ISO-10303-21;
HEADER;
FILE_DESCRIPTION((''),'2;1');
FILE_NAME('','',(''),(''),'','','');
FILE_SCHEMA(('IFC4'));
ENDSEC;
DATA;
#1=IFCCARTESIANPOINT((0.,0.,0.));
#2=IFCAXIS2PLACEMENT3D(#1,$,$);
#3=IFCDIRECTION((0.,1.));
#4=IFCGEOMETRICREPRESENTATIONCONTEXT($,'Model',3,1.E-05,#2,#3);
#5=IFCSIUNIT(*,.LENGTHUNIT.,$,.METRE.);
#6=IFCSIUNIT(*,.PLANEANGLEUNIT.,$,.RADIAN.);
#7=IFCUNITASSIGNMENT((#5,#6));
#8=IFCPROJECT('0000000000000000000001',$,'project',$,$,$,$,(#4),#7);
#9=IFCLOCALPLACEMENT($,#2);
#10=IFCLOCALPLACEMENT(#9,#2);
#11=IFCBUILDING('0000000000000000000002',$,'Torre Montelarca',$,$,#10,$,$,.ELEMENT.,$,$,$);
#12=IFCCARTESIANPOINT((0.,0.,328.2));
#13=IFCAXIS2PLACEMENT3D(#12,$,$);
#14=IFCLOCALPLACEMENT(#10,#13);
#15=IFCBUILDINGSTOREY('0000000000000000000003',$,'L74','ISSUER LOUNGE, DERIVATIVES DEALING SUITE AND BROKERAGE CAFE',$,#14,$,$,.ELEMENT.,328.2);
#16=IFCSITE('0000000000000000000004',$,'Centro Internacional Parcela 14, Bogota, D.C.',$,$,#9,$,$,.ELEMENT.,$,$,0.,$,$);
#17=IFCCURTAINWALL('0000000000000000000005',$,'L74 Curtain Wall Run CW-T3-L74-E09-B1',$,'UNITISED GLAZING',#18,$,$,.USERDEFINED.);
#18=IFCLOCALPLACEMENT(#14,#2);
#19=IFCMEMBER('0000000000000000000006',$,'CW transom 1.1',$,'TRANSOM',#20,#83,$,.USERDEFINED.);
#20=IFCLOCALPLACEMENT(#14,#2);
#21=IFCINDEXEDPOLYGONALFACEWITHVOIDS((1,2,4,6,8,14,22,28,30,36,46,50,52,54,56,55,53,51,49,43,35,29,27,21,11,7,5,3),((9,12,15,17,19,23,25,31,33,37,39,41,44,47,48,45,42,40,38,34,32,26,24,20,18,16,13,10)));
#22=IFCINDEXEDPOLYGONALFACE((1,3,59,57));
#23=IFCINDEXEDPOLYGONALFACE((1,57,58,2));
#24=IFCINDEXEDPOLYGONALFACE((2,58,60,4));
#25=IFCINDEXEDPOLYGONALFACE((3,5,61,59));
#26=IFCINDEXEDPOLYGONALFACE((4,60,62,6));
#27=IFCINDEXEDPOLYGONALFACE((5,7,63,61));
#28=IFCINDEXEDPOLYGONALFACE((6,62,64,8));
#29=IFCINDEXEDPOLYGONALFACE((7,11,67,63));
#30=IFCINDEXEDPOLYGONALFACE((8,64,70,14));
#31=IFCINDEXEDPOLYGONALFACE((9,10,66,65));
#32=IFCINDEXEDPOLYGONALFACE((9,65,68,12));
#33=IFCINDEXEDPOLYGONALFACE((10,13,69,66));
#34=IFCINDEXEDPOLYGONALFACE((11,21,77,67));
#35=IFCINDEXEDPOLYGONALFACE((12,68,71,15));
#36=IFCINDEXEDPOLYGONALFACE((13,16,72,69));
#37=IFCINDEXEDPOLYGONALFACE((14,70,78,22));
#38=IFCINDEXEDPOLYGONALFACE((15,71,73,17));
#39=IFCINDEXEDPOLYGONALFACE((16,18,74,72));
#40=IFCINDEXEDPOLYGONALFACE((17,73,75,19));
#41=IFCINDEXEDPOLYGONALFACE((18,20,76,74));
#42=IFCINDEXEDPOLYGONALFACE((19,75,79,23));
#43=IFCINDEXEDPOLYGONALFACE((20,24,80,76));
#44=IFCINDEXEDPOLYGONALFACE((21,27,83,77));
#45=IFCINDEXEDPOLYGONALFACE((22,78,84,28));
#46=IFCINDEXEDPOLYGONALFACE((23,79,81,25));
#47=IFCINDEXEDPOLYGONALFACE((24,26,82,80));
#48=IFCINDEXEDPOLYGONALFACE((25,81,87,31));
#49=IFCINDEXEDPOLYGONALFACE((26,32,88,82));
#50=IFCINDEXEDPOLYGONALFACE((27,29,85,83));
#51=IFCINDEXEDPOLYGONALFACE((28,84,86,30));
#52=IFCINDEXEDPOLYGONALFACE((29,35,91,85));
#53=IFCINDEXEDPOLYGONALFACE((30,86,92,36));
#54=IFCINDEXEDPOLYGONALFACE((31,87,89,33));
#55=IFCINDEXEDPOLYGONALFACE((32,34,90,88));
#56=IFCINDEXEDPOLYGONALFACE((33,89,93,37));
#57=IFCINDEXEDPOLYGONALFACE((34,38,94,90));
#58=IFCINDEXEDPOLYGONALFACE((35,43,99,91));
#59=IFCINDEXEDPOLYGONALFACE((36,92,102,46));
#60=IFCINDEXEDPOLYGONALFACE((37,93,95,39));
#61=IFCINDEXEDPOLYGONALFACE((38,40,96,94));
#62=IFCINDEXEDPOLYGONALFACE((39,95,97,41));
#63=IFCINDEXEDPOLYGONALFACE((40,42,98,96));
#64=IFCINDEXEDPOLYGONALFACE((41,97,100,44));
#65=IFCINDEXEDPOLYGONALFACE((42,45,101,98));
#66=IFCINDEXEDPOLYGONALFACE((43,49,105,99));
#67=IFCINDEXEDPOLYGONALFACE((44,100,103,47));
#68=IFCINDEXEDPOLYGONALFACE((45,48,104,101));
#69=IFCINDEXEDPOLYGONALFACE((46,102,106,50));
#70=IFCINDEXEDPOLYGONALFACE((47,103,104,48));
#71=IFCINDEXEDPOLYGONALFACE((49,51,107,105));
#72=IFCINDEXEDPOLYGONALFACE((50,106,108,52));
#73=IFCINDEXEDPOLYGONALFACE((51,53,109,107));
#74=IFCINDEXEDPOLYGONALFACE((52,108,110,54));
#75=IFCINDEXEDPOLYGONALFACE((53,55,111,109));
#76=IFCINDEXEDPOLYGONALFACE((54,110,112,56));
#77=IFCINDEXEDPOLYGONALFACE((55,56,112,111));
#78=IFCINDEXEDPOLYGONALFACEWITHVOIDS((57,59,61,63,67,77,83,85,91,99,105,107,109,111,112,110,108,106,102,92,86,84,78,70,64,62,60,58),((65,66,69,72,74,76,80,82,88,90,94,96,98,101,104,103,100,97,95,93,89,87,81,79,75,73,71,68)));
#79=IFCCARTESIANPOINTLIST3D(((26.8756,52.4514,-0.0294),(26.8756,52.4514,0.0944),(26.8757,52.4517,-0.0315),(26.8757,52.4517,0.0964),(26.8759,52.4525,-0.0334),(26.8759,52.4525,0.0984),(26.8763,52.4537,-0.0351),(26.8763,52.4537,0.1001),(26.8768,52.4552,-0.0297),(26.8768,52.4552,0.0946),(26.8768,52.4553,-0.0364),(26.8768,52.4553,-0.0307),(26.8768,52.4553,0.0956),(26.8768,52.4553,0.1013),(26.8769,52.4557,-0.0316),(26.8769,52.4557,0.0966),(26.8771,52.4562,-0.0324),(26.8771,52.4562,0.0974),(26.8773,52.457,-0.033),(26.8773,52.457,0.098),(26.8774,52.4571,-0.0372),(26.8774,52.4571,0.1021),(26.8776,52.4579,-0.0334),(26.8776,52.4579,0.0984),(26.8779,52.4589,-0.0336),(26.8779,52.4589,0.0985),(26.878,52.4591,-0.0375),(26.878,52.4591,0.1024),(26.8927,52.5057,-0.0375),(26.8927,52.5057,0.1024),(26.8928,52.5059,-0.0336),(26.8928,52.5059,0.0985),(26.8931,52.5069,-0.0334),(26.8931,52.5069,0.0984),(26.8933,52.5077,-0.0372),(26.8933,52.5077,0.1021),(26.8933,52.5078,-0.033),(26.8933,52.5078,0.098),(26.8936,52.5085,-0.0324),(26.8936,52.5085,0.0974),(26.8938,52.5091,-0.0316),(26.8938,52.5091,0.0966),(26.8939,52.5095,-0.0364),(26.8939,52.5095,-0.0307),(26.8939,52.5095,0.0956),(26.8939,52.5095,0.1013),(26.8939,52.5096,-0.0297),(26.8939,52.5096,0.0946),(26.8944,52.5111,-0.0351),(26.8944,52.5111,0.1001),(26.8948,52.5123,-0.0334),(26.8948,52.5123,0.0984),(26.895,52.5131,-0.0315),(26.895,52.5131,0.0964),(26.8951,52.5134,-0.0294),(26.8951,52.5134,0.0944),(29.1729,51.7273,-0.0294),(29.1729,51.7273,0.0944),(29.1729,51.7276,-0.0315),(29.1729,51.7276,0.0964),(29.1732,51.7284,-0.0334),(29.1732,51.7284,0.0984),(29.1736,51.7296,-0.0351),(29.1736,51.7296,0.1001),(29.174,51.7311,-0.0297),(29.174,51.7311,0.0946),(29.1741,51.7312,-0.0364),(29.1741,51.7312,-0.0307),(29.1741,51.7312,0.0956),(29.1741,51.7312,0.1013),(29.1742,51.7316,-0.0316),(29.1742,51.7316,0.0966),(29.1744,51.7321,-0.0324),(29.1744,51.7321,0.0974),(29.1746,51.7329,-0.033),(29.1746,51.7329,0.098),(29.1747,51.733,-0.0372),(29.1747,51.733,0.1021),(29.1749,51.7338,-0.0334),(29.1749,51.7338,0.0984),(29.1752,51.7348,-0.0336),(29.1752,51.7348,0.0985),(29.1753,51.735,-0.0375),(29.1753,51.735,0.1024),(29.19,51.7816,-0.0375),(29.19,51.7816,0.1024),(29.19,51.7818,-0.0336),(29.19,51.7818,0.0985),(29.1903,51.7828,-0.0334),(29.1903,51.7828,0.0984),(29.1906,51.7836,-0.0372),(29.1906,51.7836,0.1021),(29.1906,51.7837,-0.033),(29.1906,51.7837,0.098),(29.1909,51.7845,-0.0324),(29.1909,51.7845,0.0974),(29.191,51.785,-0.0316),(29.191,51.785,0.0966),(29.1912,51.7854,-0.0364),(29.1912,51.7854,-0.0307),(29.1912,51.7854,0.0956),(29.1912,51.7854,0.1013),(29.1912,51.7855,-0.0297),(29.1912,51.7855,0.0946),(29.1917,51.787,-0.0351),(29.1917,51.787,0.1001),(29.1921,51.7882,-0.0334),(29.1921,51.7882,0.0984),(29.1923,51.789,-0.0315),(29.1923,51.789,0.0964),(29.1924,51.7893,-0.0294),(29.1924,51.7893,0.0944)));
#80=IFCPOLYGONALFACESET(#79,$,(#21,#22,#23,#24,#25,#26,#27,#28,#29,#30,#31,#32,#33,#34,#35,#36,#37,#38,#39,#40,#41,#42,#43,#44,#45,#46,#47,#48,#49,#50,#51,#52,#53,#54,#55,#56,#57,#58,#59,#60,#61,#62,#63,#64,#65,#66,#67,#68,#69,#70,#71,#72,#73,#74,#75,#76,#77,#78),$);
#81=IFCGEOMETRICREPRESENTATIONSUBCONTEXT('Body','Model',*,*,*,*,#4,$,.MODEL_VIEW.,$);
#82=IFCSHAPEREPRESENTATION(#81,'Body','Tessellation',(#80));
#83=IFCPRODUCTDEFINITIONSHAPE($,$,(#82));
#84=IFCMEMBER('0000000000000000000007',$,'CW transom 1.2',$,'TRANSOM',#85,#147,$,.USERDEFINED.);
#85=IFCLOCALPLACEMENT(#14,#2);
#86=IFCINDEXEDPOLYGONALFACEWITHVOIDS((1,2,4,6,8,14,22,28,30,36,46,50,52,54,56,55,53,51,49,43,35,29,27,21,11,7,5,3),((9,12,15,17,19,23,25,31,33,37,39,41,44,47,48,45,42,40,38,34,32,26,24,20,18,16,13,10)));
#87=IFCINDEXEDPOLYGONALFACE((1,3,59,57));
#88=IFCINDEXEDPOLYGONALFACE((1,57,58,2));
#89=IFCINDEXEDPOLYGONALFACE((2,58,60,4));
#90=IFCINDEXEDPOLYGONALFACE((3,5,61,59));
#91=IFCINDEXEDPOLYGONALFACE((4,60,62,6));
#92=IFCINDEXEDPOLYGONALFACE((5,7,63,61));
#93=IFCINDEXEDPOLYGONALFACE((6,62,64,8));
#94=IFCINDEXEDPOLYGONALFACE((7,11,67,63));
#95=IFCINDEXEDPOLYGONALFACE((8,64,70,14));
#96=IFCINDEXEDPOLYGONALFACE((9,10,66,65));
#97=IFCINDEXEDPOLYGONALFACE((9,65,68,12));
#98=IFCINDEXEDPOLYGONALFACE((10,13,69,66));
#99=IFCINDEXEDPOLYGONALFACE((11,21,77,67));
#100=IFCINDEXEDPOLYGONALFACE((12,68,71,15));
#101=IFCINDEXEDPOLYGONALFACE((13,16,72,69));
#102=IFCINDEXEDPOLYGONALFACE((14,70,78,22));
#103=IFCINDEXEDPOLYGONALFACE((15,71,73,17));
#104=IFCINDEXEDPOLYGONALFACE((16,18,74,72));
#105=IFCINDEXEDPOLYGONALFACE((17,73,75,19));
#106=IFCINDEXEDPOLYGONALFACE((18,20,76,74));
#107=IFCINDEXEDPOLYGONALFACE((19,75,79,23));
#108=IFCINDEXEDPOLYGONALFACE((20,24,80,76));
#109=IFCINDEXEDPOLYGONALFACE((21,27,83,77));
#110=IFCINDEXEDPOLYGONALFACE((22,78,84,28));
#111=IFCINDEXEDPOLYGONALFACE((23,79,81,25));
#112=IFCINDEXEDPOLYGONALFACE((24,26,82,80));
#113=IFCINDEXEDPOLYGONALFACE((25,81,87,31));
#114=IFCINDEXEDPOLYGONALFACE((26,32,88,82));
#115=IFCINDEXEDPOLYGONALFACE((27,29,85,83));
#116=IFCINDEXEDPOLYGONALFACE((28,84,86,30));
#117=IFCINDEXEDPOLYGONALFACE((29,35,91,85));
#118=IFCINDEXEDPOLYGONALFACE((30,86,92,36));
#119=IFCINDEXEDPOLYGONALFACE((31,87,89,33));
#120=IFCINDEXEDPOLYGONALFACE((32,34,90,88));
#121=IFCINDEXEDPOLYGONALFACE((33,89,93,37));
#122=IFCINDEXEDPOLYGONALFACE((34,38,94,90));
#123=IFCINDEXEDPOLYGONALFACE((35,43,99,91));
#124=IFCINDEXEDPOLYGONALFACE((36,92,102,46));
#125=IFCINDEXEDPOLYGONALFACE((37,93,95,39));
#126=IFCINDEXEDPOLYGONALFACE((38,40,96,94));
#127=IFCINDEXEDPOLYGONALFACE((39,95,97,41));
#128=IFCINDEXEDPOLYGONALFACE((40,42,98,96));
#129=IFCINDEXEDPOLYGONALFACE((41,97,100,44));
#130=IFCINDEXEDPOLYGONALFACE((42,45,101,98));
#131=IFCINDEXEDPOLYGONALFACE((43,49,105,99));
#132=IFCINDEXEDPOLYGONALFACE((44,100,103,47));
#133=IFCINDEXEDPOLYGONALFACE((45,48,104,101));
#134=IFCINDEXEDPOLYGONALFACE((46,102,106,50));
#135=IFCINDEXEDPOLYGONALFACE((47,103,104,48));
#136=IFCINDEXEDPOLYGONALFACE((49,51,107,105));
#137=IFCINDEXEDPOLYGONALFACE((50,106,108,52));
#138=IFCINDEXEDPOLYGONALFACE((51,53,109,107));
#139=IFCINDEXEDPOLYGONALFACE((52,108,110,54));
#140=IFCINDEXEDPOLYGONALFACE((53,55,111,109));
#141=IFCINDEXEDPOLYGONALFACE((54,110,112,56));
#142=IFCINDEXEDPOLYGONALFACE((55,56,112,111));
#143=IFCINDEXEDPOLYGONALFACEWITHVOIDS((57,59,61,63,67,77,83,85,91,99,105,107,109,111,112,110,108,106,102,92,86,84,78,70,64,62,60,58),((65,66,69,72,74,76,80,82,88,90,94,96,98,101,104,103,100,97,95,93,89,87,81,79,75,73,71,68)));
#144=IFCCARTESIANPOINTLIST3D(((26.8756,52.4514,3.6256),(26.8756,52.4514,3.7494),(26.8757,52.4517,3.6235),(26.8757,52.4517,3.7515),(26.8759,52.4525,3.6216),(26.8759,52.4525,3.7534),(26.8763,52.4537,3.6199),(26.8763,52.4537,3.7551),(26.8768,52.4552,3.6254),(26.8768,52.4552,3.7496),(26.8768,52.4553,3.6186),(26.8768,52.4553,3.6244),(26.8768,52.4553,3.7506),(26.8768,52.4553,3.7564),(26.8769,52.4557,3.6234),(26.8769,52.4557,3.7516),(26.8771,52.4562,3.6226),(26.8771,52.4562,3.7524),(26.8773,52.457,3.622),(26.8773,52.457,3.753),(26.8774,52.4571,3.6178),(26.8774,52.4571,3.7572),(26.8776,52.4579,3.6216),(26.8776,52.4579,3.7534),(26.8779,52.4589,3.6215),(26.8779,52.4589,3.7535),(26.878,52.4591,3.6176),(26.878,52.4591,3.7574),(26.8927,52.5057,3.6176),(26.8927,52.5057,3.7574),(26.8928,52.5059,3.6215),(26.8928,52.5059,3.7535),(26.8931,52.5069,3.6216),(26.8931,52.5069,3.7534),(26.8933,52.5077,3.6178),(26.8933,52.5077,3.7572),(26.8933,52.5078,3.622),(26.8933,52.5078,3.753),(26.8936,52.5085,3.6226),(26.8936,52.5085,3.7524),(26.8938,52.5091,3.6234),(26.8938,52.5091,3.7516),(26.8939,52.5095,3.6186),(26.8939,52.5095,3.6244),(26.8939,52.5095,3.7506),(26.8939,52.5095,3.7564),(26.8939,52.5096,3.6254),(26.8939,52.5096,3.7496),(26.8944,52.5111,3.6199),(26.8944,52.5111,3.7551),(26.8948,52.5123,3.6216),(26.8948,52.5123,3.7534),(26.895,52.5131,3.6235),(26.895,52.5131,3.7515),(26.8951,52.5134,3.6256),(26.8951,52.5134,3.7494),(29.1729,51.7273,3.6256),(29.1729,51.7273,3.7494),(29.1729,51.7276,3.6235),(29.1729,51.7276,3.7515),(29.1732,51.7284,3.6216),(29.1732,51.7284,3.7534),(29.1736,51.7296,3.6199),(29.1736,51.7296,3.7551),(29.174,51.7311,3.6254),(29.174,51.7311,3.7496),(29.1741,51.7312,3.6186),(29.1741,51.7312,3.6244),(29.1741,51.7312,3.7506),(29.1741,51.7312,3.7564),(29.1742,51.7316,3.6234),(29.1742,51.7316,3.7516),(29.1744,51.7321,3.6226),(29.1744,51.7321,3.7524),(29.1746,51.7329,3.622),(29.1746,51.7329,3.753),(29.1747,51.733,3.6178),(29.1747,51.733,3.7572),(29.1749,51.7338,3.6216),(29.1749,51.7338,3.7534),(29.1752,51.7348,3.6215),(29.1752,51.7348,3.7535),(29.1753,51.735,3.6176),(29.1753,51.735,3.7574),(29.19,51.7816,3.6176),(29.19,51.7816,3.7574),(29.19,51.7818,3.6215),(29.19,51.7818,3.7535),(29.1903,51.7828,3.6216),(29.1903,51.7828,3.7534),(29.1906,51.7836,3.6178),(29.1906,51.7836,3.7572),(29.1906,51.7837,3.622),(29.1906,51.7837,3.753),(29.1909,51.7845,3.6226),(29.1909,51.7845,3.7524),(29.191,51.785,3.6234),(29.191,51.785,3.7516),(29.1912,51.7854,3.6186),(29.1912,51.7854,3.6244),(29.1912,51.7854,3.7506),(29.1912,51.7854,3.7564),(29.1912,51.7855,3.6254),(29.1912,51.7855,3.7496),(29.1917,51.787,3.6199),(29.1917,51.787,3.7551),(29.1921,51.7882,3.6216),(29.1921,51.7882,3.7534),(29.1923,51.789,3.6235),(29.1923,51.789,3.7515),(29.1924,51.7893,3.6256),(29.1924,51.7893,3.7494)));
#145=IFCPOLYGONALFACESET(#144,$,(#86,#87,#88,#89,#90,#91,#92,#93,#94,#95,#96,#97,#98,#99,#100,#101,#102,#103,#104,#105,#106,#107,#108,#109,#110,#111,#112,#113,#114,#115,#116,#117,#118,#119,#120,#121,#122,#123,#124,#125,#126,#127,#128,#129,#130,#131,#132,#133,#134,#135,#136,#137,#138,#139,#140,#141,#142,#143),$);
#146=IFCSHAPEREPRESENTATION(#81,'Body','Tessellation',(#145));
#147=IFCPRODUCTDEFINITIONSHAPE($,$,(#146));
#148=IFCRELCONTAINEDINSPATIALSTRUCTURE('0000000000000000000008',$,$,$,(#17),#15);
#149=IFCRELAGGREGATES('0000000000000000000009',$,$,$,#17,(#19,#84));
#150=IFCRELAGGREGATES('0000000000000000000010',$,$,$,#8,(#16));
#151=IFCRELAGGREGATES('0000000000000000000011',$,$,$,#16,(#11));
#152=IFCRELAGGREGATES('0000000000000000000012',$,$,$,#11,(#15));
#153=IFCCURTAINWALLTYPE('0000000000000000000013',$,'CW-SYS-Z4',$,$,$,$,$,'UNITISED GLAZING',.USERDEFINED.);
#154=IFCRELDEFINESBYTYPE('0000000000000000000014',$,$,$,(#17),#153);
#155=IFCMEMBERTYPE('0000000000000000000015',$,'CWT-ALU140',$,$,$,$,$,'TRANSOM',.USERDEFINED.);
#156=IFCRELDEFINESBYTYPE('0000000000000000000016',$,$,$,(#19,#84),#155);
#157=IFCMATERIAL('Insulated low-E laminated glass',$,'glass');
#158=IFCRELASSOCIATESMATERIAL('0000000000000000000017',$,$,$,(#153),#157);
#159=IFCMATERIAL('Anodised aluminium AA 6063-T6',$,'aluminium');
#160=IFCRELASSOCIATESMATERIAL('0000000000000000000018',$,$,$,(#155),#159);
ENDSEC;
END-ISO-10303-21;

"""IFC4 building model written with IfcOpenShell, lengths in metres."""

from ifc_helpers import new_model, si_unit, direction, frame, origin, origin_2d, place, context, subcontext, project, spatial, hollow_rectangle, extrude, source, transform, mapped, material, material_profile, profile_set, type_object, element, aggregate, save


model = new_model("IFC4")

# Units and contexts
model_context = context("Model", 3, precision=1e-05, world=origin(), true_north=direction((0.0, 1.0)))
body_context = subcontext(model_context, "Body", "Model", "MODEL_VIEW")
ifc_project = project(units=[si_unit("LENGTHUNIT", "METRE"), si_unit("PLANEANGLEUNIT", "RADIAN")], contexts=[model_context])

# Site, building, storey
site_placement = place(None, origin())
site = spatial("IfcSite", under=ifc_project, at=site_placement, Name="Centro Internacional Parcela 14, Bogota, D.C.", CompositionType="ELEMENT", RefElevation=0.0)
building_placement = place(site_placement, origin())
building = spatial("IfcBuilding", under=site, at=building_placement, Name="Torre Montelarca", CompositionType="ELEMENT")
storey_placement = place(building_placement, frame((0.0, 0.0, 328.2)))
storey = spatial("IfcBuildingStorey", under=building, at=storey_placement, Name="L74", Description="ISSUER LOUNGE, DERIVATIVES DEALING SUITE AND BROKERAGE CAFE", CompositionType="ELEMENT", Elevation=328.2)

# Curtain wall, members
ifc_material_1 = material(Name="Insulated low-E laminated glass", Category="glass")
curtain_wall_type = type_object("IfcCurtainWallType", Name="CW-SYS-Z4", ElementType="UNITISED GLAZING", PredefinedType="USERDEFINED", material=ifc_material_1)
ifc_material_2 = material(Name="Anodised aluminium AA 6063-T6", Category="aluminium")
curtain_wall_1_placement = place(storey_placement, origin())
curtain_wall_1 = element("IfcCurtainWall", 1, at=curtain_wall_1_placement, inside=storey, type_object=curtain_wall_type, Name="L74 Curtain Wall Run CW-T3-L74-E09-B1", ObjectType="UNITISED GLAZING", PredefinedType="USERDEFINED")
ifc_material_profile_1 = material_profile(ifc_material_2, hollow_rectangle(XDim=0.0649, YDim=0.1399, WallThickness=0.0039, InnerFilletRadius=0.0039, OuterFilletRadius=0.0081, at=origin_2d()), Name="ALU65X140X4", Category="aluminium")
ifc_profile_set_1 = profile_set([ifc_material_profile_1], Name="Anodised aluminium AA 6063-T6")
member_type_1 = type_object("IfcMemberType", Name="CWT-ALU140", ElementType="TRANSOM", PredefinedType="USERDEFINED", material=ifc_profile_set_1)
shared_shape_1 = source(origin(), body_context, "Body", "SweptSolid", [
    extrude(hollow_rectangle(XDim=0.0649, YDim=0.1399, WallThickness=0.0039, InnerFilletRadius=0.0039, OuterFilletRadius=0.0081, at=origin_2d()), origin(), (0.0, 0.0, 1.0), 2.4087),
])
member_1_placement = place(storey_placement, frame((29.1826, 51.7583, 0.0325), z_axis=(-0.953745, 0.300617, 0.0), x_axis=(-0.300617, -0.953745, 0.0)))
member_1 = element("IfcMember", 2, at=member_1_placement, type_object=member_type_1, Name="CW transom 1.1", ObjectType="TRANSOM", PredefinedType="USERDEFINED", context=body_context, shape_type="MappedRepresentation", body=[
    mapped(shared_shape_1, transform((0.0, 0.0, 0.0), scale=1.0)),
])
member_2_placement = place(storey_placement, frame((29.1826, 51.7583, 3.6875), z_axis=(-0.953745, 0.300617, 0.0), x_axis=(-0.300617, -0.953745, 0.0)))
member_2 = element("IfcMember", 3, at=member_2_placement, type_object=member_type_1, Name="CW transom 1.2", ObjectType="TRANSOM", PredefinedType="USERDEFINED", context=body_context, shape_type="MappedRepresentation", body=[
    mapped(shared_shape_1, transform((0.0, 0.0, 0.0), scale=1.0)),
])

aggregate(curtain_wall_1, [member_1, member_2])

save(model, "model.ifc")
